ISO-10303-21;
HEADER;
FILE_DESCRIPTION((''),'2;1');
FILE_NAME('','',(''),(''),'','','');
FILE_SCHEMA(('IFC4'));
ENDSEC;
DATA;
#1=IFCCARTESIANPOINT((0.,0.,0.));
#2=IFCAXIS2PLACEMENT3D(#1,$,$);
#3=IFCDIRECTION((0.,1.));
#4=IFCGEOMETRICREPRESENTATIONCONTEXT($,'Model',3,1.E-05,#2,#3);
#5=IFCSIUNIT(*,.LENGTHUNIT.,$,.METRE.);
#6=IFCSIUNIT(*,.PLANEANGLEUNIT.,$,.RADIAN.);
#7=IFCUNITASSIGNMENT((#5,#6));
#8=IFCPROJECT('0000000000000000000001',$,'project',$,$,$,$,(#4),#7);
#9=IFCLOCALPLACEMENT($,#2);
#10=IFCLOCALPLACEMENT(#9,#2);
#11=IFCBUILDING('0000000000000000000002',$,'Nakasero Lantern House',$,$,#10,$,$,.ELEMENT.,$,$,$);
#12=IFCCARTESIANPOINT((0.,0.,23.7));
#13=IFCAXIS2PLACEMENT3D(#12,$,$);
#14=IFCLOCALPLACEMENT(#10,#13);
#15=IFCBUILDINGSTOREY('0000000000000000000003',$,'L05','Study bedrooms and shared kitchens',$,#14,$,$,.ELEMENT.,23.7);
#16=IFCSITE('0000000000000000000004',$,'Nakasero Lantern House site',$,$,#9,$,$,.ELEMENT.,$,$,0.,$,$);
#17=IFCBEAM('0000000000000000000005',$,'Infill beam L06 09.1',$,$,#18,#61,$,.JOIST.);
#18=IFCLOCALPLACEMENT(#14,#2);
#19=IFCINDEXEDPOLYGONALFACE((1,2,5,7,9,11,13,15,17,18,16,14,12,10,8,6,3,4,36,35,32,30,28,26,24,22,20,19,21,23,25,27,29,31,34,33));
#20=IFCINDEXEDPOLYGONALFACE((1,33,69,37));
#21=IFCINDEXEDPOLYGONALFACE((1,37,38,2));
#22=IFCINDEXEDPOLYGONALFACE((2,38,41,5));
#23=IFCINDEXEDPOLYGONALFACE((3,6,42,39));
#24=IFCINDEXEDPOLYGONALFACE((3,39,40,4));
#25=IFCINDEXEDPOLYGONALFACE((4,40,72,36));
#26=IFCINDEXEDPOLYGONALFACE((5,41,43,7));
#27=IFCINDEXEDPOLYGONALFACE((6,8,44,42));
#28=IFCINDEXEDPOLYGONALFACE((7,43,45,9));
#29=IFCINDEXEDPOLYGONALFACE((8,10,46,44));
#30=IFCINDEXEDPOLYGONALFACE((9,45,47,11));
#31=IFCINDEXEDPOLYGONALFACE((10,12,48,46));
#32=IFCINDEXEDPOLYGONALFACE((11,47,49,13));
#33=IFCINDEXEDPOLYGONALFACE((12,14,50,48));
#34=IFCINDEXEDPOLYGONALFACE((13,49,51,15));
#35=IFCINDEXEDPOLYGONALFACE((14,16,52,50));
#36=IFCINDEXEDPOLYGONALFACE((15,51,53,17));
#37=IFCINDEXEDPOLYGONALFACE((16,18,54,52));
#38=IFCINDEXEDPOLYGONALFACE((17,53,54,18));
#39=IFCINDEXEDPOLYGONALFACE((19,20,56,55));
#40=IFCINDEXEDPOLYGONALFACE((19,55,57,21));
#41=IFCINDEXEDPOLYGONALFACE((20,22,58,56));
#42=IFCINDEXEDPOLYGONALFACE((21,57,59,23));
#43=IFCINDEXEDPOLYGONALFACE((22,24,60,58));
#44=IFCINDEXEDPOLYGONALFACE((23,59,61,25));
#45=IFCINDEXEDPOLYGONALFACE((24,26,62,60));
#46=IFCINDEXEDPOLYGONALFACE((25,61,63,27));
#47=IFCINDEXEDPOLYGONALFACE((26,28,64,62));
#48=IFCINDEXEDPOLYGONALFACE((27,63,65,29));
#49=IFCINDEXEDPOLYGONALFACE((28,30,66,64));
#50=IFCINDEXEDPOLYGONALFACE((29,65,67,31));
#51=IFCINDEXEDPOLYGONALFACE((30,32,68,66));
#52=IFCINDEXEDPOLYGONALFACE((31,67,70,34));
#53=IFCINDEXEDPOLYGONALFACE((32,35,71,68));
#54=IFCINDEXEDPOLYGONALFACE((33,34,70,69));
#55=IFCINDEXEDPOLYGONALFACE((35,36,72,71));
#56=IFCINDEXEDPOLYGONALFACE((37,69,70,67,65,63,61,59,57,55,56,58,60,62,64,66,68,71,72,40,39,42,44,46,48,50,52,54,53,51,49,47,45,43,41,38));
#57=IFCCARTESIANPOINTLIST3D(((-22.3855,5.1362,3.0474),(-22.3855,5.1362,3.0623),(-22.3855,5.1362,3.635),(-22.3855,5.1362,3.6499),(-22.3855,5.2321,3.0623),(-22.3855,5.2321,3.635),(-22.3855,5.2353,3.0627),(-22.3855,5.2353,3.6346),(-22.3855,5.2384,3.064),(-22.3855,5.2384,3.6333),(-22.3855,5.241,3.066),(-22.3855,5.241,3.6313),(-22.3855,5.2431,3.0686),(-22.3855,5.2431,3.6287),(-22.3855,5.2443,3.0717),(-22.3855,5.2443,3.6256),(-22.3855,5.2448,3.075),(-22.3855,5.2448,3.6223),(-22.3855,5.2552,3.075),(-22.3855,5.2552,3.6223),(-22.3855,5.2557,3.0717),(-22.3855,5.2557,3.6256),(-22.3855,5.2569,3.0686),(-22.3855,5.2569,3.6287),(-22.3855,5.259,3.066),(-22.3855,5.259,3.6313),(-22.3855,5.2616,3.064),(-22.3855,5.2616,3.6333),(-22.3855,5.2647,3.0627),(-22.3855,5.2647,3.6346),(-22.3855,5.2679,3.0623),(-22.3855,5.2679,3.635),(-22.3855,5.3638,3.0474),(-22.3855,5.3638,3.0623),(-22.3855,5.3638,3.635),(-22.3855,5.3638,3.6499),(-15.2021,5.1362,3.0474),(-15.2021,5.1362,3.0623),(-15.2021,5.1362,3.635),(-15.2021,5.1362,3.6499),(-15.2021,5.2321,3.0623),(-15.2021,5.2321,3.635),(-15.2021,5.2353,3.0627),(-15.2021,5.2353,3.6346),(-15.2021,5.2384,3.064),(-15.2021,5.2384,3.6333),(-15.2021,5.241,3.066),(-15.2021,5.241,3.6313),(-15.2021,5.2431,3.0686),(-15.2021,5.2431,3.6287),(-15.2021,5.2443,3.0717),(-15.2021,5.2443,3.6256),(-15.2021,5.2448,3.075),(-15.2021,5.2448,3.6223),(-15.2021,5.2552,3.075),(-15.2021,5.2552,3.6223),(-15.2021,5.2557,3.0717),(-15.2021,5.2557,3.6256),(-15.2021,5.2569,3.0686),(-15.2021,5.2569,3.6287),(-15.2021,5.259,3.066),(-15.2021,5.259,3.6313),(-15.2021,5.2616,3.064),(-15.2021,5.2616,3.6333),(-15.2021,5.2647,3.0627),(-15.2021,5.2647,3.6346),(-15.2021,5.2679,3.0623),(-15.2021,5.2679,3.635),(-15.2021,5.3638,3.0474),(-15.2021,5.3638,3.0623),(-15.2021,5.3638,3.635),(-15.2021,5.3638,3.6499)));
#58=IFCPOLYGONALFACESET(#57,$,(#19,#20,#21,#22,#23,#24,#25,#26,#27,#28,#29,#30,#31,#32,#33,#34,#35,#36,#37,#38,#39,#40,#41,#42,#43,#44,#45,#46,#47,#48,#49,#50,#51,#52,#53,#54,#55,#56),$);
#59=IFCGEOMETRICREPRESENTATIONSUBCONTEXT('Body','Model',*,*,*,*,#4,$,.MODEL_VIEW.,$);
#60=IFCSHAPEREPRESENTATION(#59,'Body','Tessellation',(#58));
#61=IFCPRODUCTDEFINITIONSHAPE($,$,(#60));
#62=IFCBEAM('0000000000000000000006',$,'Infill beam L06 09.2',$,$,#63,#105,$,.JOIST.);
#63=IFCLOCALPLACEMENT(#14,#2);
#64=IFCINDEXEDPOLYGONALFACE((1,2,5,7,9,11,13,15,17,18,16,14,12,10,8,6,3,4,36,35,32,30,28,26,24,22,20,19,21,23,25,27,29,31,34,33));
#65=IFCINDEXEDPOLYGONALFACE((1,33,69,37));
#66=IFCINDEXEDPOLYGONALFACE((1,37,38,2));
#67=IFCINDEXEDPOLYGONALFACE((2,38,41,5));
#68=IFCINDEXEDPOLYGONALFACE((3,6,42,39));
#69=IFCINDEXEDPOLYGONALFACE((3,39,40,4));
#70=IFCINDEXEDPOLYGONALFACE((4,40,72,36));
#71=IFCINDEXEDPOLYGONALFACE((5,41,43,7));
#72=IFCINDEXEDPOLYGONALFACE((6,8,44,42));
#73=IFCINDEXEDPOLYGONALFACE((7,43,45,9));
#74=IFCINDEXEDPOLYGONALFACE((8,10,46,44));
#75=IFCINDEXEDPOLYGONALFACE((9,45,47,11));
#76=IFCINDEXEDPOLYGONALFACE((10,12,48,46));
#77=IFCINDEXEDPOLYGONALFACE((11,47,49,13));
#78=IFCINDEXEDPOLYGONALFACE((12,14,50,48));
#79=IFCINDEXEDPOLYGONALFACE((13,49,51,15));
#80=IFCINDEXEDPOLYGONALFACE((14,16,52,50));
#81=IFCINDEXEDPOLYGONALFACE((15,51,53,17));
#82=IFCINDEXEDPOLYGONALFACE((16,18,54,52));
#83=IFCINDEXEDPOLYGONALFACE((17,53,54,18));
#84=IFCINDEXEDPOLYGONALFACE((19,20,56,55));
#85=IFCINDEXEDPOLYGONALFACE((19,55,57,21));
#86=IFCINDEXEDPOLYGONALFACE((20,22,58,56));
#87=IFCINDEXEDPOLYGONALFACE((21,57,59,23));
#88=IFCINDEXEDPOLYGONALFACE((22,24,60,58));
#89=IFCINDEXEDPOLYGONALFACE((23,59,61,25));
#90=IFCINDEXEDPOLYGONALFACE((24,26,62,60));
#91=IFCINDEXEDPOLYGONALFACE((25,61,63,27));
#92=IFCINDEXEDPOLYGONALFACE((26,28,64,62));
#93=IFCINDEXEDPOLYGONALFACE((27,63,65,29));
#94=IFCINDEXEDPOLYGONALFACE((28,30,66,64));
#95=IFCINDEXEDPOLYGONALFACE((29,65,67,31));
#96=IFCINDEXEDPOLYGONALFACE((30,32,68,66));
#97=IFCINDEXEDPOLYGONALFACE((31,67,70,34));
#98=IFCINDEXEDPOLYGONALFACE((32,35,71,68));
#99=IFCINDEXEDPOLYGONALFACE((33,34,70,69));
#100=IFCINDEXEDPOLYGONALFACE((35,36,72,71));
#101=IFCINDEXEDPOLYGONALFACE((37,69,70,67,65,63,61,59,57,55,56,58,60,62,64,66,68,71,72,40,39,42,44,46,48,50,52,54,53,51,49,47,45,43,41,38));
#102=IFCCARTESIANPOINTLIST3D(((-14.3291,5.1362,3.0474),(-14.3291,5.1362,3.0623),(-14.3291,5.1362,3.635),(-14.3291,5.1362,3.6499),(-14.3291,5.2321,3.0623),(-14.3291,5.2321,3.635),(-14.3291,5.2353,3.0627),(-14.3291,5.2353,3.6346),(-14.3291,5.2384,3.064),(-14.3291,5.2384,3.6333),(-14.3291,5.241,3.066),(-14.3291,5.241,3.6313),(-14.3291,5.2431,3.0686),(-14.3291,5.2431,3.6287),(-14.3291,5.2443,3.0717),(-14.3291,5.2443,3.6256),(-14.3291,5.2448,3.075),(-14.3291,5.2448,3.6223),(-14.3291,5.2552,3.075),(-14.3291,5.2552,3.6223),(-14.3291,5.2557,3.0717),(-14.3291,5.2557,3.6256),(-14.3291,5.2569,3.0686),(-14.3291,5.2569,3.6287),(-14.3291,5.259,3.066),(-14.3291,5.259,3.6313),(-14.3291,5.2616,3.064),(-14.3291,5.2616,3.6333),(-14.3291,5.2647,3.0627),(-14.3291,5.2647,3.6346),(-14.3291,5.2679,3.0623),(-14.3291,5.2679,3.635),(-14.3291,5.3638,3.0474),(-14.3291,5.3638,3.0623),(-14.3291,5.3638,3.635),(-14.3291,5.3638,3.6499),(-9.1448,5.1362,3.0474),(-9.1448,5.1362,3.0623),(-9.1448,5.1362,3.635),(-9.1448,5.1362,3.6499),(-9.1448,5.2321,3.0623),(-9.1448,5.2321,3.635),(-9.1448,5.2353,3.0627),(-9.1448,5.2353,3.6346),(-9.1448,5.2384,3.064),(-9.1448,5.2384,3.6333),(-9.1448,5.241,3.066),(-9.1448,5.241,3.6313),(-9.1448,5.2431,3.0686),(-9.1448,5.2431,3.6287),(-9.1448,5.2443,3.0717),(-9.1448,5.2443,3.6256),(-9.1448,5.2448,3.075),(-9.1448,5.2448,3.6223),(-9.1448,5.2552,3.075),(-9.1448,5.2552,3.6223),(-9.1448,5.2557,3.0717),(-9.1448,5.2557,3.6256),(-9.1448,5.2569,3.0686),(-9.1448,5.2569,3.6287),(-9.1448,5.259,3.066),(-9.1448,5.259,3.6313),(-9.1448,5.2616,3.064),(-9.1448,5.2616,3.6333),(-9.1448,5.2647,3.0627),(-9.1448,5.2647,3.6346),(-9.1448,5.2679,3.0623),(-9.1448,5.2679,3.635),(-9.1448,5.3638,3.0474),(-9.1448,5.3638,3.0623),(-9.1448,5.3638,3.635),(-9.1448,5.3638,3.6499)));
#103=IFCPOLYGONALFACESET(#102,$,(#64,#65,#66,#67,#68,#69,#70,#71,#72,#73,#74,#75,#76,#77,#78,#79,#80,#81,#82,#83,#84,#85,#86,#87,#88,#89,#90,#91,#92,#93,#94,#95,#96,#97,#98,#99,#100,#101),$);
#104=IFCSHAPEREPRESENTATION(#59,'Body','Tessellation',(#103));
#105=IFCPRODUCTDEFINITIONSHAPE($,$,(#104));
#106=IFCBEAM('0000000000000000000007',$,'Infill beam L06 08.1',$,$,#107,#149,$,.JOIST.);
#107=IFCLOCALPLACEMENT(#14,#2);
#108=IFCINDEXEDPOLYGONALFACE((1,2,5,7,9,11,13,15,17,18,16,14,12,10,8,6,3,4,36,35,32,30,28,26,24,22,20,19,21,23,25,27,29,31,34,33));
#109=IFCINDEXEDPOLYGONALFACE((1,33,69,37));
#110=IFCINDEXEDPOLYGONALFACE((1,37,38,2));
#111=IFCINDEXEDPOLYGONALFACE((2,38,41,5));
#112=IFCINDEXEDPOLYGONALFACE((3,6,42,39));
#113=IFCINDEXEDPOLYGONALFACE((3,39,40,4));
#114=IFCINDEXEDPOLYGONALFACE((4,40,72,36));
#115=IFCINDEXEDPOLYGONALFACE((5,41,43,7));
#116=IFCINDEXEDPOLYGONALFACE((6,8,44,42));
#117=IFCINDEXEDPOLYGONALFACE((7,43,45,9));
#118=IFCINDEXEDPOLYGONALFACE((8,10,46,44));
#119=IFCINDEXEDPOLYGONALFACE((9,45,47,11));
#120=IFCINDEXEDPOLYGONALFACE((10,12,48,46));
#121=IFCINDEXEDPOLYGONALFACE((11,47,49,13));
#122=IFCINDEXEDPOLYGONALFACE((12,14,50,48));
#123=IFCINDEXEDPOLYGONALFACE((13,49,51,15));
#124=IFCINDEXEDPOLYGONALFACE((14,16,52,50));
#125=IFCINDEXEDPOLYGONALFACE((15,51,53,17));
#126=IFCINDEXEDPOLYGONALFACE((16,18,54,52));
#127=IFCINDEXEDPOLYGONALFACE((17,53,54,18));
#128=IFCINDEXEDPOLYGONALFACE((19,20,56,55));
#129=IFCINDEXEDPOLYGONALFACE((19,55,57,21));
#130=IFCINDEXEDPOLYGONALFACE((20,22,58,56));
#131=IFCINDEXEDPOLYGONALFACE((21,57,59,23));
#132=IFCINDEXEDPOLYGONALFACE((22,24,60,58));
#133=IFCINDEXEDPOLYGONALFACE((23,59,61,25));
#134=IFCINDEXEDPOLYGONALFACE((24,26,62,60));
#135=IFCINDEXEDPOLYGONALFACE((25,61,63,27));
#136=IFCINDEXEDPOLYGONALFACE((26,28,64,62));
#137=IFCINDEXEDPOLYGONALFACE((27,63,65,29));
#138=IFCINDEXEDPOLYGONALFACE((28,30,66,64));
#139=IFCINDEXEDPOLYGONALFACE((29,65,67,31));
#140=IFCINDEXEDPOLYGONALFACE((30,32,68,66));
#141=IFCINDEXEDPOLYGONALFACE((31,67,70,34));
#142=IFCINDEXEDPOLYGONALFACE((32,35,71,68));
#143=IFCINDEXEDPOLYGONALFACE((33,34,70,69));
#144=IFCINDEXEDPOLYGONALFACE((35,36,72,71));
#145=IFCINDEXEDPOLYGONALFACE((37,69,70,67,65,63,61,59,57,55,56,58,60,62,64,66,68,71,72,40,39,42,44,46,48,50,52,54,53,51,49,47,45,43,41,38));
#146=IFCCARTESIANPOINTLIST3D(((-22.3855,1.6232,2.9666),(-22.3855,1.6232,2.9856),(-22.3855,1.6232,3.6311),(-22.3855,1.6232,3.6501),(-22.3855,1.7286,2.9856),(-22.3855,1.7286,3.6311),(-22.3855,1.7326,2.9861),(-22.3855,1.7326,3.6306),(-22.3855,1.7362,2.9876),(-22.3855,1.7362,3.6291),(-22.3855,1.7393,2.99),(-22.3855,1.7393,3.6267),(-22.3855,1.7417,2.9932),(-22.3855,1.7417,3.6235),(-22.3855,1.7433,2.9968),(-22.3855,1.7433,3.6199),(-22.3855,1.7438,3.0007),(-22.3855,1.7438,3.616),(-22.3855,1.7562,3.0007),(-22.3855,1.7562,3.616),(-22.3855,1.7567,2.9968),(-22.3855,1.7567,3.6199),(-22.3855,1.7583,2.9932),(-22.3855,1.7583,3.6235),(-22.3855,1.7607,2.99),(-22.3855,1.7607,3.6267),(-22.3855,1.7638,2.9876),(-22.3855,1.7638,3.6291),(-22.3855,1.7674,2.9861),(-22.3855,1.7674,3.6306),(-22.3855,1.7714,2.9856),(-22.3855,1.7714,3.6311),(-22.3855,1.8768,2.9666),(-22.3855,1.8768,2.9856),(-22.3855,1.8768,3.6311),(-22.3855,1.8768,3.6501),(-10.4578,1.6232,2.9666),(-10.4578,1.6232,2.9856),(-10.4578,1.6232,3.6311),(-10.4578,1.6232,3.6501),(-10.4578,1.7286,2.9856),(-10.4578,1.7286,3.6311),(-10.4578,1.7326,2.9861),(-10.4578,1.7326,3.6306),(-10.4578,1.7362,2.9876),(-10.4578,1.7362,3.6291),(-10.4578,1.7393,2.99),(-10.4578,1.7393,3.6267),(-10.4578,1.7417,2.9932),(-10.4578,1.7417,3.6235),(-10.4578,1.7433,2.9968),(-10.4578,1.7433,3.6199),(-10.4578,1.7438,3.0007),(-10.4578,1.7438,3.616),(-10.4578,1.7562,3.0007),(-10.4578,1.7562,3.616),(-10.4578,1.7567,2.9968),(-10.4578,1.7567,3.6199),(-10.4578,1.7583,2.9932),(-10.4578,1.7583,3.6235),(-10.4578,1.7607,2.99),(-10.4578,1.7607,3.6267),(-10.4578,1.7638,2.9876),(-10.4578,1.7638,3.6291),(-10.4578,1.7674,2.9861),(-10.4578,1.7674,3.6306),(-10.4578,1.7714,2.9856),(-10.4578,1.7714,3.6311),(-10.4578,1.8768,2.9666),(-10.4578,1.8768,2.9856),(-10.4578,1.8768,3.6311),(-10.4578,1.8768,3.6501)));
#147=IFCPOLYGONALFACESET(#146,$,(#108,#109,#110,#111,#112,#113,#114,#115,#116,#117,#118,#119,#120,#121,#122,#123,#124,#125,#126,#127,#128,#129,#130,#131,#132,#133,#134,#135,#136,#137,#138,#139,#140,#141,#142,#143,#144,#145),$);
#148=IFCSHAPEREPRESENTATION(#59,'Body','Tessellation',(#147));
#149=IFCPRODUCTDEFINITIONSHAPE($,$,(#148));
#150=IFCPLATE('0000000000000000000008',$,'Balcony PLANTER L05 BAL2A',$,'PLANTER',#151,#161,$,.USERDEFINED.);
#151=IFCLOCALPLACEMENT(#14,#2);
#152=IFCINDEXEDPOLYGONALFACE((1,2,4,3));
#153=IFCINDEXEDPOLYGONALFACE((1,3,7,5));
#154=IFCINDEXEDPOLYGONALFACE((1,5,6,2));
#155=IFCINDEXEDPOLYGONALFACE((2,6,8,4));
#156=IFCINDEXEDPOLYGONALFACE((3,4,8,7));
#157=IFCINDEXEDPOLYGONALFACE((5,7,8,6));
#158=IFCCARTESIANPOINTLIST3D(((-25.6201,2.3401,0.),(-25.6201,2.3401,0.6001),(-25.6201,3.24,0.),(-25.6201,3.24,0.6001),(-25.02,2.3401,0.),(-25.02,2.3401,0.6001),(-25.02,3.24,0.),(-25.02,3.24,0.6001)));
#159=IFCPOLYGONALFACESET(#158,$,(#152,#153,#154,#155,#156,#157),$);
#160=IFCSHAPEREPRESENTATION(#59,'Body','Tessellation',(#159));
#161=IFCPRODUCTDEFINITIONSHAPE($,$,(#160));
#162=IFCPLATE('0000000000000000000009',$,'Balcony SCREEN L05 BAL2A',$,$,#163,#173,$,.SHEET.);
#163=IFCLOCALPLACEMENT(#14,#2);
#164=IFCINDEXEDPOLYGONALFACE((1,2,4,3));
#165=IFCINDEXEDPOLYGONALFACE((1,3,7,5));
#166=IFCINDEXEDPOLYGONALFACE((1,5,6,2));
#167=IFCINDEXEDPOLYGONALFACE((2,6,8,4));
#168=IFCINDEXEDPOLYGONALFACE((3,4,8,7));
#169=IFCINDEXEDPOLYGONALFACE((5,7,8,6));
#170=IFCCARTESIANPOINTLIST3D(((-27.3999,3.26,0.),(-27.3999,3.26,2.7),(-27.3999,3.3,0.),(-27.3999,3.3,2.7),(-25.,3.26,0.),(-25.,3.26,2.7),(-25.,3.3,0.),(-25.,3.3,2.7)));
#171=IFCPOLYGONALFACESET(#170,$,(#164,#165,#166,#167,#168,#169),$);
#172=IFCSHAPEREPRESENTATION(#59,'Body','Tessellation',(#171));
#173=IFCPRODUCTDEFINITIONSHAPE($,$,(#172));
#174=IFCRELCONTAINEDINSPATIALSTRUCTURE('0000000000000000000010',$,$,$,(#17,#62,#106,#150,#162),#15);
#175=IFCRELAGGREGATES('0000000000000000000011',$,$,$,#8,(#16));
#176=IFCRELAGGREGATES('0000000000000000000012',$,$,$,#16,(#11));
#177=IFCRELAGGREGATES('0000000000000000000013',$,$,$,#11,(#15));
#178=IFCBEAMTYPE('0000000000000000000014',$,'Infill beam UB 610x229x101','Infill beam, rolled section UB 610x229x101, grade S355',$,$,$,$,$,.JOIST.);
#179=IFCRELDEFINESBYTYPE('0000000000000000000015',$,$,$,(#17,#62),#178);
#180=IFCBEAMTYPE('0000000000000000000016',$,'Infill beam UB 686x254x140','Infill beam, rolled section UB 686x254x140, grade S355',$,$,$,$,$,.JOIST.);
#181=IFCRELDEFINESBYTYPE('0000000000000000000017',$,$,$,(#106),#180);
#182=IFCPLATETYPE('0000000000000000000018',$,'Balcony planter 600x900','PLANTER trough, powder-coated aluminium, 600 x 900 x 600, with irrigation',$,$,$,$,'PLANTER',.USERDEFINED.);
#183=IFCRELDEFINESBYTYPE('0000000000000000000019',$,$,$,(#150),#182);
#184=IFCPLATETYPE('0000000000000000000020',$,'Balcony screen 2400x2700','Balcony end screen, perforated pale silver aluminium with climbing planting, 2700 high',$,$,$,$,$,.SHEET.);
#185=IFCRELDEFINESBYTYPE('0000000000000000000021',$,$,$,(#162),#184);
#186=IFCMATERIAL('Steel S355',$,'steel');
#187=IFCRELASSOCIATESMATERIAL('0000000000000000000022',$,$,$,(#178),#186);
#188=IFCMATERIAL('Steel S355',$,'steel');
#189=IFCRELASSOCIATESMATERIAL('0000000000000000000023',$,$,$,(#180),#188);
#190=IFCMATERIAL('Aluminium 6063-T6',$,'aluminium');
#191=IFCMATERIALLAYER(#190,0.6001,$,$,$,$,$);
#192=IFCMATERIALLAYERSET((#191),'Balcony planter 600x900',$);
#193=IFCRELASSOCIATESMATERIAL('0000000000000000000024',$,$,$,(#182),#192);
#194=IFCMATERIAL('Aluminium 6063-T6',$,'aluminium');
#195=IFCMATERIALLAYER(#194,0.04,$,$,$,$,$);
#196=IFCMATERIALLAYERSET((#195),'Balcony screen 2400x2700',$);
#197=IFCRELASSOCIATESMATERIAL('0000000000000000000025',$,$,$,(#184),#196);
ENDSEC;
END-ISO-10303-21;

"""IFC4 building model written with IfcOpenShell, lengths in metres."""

from ifc_helpers import new_model, si_unit, direction, frame, origin, origin_2d, place, context, subcontext, project, spatial, rectangle, i_section, extrude, material, layer, layer_set, material_profile, profile_set, type_object, element, save


model = new_model("IFC4")

# Units and contexts
model_context = context("Model", 3, precision=1e-05, world=origin(), true_north=direction((0.0, 1.0)))
body_context = subcontext(model_context, "Body", "Model", "MODEL_VIEW")
ifc_project = project(units=[si_unit("LENGTHUNIT", "METRE"), si_unit("PLANEANGLEUNIT", "RADIAN")], contexts=[model_context])

# Site, building, storey
site_placement = place(None, origin())
site = spatial("IfcSite", under=ifc_project, at=site_placement, Name="Nakasero Lantern House site", CompositionType="ELEMENT", RefElevation=0.0)
building_placement = place(site_placement, origin())
building = spatial("IfcBuilding", under=site, at=building_placement, Name="Nakasero Lantern House", CompositionType="ELEMENT")
storey_placement = place(building_placement, frame((0.0, 0.0, 23.7)))
storey = spatial("IfcBuildingStorey", under=building, at=storey_placement, Name="L05", Description="Study bedrooms and shared kitchens", CompositionType="ELEMENT", Elevation=23.7)

# Beams
ifc_material_1 = material(Name="Steel S355", Category="steel")
ifc_material_profile_1 = material_profile(ifc_material_1, i_section(OverallWidth=0.2275, OverallDepth=0.6025, WebThickness=0.0105, FlangeThickness=0.0149, FilletRadius=0.0127, at=origin_2d()), Name="UB 610x229x101")
ifc_profile_set_1 = profile_set([ifc_material_profile_1], Name="Steel S355")
beam_type_1 = type_object("IfcBeamType", Name="Infill beam UB 610x229x101", Description="Infill beam, rolled section UB 610x229x101, grade S355", PredefinedType="JOIST", material=ifc_profile_set_1)
beam_1_placement = place(storey_placement, frame((-22.3855, 5.25, 3.3486), z_axis=(1.0, 0.0, 0.0), x_axis=(0.0, 1.0, 0.0)))
element("IfcBeam", 1, at=beam_1_placement, inside=storey, type_object=beam_type_1, Name="Infill beam L06 09.1", PredefinedType="JOIST", context=body_context, shape_type="SweptSolid", body=[
    extrude(i_section(OverallWidth=0.2275, OverallDepth=0.6025, WebThickness=0.0105, FlangeThickness=0.0149, FilletRadius=0.0127, at=origin_2d()), origin(), (0.0, 0.0, 1.0), 7.1833),
])
beam_2_placement = place(storey_placement, frame((-14.3291, 5.25, 3.3486), z_axis=(1.0, 0.0, 0.0), x_axis=(0.0, 1.0, 0.0)))
element("IfcBeam", 2, at=beam_2_placement, inside=storey, type_object=beam_type_1, Name="Infill beam L06 09.2", PredefinedType="JOIST", context=body_context, shape_type="SweptSolid", body=[
    extrude(i_section(OverallWidth=0.2275, OverallDepth=0.6025, WebThickness=0.0105, FlangeThickness=0.0149, FilletRadius=0.0127, at=origin_2d()), origin(), (0.0, 0.0, 1.0), 5.1843),
])
ifc_material_2 = material(Name="Steel S355", Category="steel")
ifc_material_profile_2 = material_profile(ifc_material_2, i_section(OverallWidth=0.2537, OverallDepth=0.6836, WebThickness=0.0125, FlangeThickness=0.019, FilletRadius=0.0151, at=origin_2d()), Name="UB 686x254x140")
ifc_profile_set_2 = profile_set([ifc_material_profile_2], Name="Steel S355")
beam_type_2 = type_object("IfcBeamType", Name="Infill beam UB 686x254x140", Description="Infill beam, rolled section UB 686x254x140, grade S355", PredefinedType="JOIST", material=ifc_profile_set_2)
beam_3_placement = place(storey_placement, frame((-22.3855, 1.75, 3.3083), z_axis=(1.0, 0.0, 0.0), x_axis=(0.0, 1.0, 0.0)))
element("IfcBeam", 3, at=beam_3_placement, inside=storey, type_object=beam_type_2, Name="Infill beam L06 08.1", PredefinedType="JOIST", context=body_context, shape_type="SweptSolid", body=[
    extrude(i_section(OverallWidth=0.2537, OverallDepth=0.6836, WebThickness=0.0125, FlangeThickness=0.019, FilletRadius=0.0151, at=origin_2d()), origin(), (0.0, 0.0, 1.0), 11.9277),
])

# Plates
ifc_material_3 = material(Name="Aluminium 6063-T6", Category="aluminium")
ifc_layer_1 = layer(ifc_material_3, 0.6001)
ifc_layer_set_1 = layer_set([ifc_layer_1], Name="Balcony planter 600x900")
plate_type_1 = type_object("IfcPlateType", Name="Balcony planter 600x900", Description="PLANTER trough, powder-coated aluminium, 600 x 900 x 600, with irrigation", ElementType="PLANTER", PredefinedType="USERDEFINED", material=ifc_layer_set_1)
plate_1_placement = place(storey_placement, frame((-25.3201, 2.79, 0.0), z_axis=(0.0, 0.0, 1.0), x_axis=(-1.0, 0.0, 0.0)))
element("IfcPlate", 4, at=plate_1_placement, inside=storey, type_object=plate_type_1, Name="Balcony PLANTER L05 BAL2A", ObjectType="PLANTER", PredefinedType="USERDEFINED", context=body_context, shape_type="SweptSolid", body=[
    extrude(rectangle(XDim=0.6001, YDim=0.8999, at=origin_2d()), origin(), (0.0, 0.0, 1.0), 0.6001),
])
ifc_material_4 = material(Name="Aluminium 6063-T6", Category="aluminium")
ifc_layer_2 = layer(ifc_material_4, 0.04)
ifc_layer_set_2 = layer_set([ifc_layer_2], Name="Balcony screen 2400x2700")
plate_type_2 = type_object("IfcPlateType", Name="Balcony screen 2400x2700", Description="Balcony end screen, perforated pale silver aluminium with climbing planting, 2700 high", PredefinedType="SHEET", material=ifc_layer_set_2)
plate_2_placement = place(storey_placement, frame((-26.2, 3.28, 0.0), z_axis=(0.0, 0.0, 1.0), x_axis=(-1.0, 0.0, 0.0)))
element("IfcPlate", 5, at=plate_2_placement, inside=storey, type_object=plate_type_2, Name="Balcony SCREEN L05 BAL2A", PredefinedType="SHEET", context=body_context, shape_type="SweptSolid", body=[
    extrude(rectangle(XDim=2.3999, YDim=0.04, at=origin_2d()), origin(), (0.0, 0.0, 1.0), 2.7),
])

save(model, "model.ifc")
